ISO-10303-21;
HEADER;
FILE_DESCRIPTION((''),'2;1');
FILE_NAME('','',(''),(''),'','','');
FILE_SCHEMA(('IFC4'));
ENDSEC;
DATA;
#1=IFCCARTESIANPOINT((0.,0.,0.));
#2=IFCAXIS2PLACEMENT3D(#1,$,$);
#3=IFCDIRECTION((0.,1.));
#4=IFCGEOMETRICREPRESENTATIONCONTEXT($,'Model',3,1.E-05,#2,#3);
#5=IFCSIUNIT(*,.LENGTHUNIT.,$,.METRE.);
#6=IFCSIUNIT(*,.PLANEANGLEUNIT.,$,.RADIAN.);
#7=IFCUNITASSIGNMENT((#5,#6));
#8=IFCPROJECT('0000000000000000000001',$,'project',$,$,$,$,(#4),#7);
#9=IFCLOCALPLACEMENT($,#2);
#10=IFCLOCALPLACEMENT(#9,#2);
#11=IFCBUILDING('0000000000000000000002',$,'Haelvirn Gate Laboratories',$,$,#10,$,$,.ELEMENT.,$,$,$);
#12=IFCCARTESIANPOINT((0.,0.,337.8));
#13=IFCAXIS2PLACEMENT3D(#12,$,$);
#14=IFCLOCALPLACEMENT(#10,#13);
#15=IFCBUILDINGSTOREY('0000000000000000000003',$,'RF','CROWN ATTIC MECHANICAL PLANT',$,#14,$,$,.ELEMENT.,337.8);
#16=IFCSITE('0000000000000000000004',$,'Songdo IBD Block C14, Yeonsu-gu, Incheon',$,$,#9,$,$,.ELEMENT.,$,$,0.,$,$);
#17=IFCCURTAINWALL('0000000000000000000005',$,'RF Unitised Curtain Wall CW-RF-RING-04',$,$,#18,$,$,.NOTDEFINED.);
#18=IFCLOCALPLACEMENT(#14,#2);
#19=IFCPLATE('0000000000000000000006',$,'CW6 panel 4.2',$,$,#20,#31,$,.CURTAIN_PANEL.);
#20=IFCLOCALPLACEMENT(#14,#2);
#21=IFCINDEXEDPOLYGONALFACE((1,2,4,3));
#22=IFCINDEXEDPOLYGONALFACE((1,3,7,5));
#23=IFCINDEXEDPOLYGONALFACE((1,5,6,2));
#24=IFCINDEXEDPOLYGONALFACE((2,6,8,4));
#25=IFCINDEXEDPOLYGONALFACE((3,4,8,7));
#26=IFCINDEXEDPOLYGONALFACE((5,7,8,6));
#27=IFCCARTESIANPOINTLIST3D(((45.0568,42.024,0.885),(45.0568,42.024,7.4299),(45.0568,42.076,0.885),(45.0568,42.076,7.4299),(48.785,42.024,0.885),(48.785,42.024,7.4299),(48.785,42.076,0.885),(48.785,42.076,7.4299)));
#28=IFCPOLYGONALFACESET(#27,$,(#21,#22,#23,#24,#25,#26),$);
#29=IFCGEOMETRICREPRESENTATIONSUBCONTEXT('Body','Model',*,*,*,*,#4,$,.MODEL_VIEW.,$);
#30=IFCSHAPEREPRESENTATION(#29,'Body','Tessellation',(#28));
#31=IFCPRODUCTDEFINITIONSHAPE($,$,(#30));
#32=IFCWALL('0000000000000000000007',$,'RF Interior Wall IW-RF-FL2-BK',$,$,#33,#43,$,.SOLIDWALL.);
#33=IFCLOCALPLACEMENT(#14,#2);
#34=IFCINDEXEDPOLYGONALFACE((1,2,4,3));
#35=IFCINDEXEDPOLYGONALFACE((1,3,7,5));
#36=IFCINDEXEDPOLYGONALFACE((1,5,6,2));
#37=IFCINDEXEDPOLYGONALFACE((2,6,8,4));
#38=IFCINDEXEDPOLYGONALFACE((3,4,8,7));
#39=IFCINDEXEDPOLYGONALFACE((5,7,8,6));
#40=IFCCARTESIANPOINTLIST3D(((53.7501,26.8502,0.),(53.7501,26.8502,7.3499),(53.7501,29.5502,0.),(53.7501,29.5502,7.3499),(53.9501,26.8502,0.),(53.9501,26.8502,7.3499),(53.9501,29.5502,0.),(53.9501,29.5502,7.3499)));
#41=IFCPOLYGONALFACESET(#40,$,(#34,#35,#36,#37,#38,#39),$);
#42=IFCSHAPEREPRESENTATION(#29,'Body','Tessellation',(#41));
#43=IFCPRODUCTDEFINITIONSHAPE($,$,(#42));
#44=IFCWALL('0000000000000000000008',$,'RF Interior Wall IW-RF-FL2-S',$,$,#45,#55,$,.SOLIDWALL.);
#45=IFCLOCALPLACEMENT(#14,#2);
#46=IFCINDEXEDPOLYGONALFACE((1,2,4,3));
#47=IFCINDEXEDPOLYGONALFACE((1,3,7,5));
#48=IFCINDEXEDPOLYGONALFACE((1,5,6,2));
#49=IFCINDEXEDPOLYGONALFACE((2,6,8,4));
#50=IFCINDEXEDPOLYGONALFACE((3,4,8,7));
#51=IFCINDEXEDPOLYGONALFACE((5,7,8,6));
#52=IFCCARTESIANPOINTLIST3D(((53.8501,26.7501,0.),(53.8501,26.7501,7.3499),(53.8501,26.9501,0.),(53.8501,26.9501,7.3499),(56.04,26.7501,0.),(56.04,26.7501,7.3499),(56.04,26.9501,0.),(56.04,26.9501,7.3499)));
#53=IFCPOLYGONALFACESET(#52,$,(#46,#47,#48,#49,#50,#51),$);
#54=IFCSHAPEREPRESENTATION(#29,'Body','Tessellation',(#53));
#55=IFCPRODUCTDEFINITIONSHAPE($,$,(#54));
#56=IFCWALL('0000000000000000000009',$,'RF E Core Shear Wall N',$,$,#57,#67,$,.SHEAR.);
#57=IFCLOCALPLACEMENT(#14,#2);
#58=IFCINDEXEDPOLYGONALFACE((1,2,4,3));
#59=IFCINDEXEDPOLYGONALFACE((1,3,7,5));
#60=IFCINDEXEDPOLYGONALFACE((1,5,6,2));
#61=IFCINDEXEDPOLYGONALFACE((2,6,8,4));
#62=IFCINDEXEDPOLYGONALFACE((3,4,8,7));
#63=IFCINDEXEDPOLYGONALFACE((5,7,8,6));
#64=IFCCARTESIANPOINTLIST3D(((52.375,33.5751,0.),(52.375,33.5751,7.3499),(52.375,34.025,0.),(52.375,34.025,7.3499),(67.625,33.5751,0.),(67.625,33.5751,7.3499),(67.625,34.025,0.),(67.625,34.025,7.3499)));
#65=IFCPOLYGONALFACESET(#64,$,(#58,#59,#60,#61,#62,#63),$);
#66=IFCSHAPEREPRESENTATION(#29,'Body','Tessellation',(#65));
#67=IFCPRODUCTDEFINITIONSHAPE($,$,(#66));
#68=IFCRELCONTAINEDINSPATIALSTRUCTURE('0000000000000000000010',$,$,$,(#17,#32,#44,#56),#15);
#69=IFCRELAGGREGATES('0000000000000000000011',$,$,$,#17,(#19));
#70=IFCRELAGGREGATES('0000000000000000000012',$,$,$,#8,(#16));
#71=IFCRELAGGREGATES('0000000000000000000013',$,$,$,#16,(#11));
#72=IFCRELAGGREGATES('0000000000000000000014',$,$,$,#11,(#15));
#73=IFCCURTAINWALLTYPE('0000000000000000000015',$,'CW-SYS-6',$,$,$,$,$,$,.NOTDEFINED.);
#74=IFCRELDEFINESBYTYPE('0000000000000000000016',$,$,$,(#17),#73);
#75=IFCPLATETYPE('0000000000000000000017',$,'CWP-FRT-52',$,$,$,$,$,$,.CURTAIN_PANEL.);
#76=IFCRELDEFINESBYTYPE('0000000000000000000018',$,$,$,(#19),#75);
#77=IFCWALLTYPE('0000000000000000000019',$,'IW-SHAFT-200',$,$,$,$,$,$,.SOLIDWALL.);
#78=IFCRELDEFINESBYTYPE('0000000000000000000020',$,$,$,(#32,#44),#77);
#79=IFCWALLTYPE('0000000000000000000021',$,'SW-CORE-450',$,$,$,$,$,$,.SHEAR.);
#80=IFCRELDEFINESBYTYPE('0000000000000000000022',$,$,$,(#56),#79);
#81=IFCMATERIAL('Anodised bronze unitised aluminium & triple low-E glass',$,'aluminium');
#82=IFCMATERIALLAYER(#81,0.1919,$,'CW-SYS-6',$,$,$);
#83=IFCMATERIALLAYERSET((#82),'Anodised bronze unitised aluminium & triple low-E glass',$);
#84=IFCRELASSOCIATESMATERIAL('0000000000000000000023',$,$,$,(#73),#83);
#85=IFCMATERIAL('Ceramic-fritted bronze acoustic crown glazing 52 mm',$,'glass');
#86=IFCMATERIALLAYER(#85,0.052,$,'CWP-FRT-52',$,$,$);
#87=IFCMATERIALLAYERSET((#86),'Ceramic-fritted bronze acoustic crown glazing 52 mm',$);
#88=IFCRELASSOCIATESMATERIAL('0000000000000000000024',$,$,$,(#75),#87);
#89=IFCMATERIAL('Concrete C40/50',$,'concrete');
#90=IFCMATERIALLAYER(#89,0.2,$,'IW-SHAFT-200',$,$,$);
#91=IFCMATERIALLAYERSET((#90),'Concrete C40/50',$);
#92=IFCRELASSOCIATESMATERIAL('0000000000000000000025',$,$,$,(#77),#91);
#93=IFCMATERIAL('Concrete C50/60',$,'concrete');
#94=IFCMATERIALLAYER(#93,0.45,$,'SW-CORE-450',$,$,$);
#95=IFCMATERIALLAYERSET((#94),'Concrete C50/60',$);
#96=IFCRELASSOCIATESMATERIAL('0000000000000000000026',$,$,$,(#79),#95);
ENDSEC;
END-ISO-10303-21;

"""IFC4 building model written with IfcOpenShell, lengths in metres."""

from ifc_helpers import new_model, si_unit, direction, frame, frame_2d, origin, origin_2d, place, context, subcontext, project, spatial, rectangle, extrude, source, transform, mapped, material, layer, layer_set, type_object, element, aggregate, save


model = new_model("IFC4")

# Units and contexts
model_context = context("Model", 3, precision=1e-05, world=origin(), true_north=direction((0.0, 1.0)))
body_context = subcontext(model_context, "Body", "Model", "MODEL_VIEW")
ifc_project = project(units=[si_unit("LENGTHUNIT", "METRE"), si_unit("PLANEANGLEUNIT", "RADIAN")], contexts=[model_context])

# Site, building, storey
site_placement = place(None, origin())
site = spatial("IfcSite", under=ifc_project, at=site_placement, Name="Songdo IBD Block C14, Yeonsu-gu, Incheon", CompositionType="ELEMENT", RefElevation=0.0)
building_placement = place(site_placement, origin())
building = spatial("IfcBuilding", under=site, at=building_placement, Name="Haelvirn Gate Laboratories", CompositionType="ELEMENT")
storey_placement = place(building_placement, frame((0.0, 0.0, 337.8)))
storey = spatial("IfcBuildingStorey", under=building, at=storey_placement, Name="RF", Description="CROWN ATTIC MECHANICAL PLANT", CompositionType="ELEMENT", Elevation=337.8)

# Curtain wall
ifc_material_1 = material(Name="Anodised bronze unitised aluminium & triple low-E glass", Category="aluminium")
ifc_layer_1 = layer(ifc_material_1, 0.1919, Name="CW-SYS-6")
ifc_layer_set_1 = layer_set([ifc_layer_1], Name="Anodised bronze unitised aluminium & triple low-E glass")
curtain_wall_type = type_object("IfcCurtainWallType", Name="CW-SYS-6", PredefinedType="NOTDEFINED", material=ifc_layer_set_1)
curtain_wall_placement = place(storey_placement, origin())
curtain_wall = element("IfcCurtainWall", 1, at=curtain_wall_placement, inside=storey, type_object=curtain_wall_type, Name="RF Unitised Curtain Wall CW-RF-RING-04", PredefinedType="NOTDEFINED")

# Plate
ifc_material_2 = material(Name="Ceramic-fritted bronze acoustic crown glazing 52 mm", Category="glass")
ifc_layer_2 = layer(ifc_material_2, 0.052, Name="CWP-FRT-52")
ifc_layer_set_2 = layer_set([ifc_layer_2], Name="Ceramic-fritted bronze acoustic crown glazing 52 mm")
plate_type_1 = type_object("IfcPlateType", Name="CWP-FRT-52", PredefinedType="CURTAIN_PANEL", material=ifc_layer_set_2)
shared_shape_1 = source(origin(), body_context, "Body", "SweptSolid", [
    extrude(rectangle(XDim=3.7283, YDim=0.052, at=origin_2d()), origin(), (0.0, 0.0, 1.0), 6.5449),
])
plate_1_placement = place(storey_placement, frame((46.9209, 42.05, 0.885), z_axis=(0.0, 0.0, 1.0), x_axis=(-1.0, 0.0, 0.0)))
plate_1 = element("IfcPlate", 2, at=plate_1_placement, type_object=plate_type_1, Name="CW6 panel 4.2", PredefinedType="CURTAIN_PANEL", context=body_context, shape_type="MappedRepresentation", body=[
    mapped(shared_shape_1, transform((0.0, 0.0, 0.0), scale=1.0)),
])
aggregate(curtain_wall, [plate_1])

# Walls
ifc_material_3 = material(Name="Concrete C40/50", Category="concrete")
ifc_layer_3 = layer(ifc_material_3, 0.2, Name="IW-SHAFT-200")
ifc_layer_set_3 = layer_set([ifc_layer_3], Name="Concrete C40/50")
wall_type_1 = type_object("IfcWallType", Name="IW-SHAFT-200", PredefinedType="SOLIDWALL", material=ifc_layer_set_3)
wall_1_placement = place(storey_placement, frame((53.8501, 26.8501, 0.0), z_axis=(0.0, 0.0, 1.0), x_axis=(0.0, 1.0, 0.0)))
element("IfcWall", 3, at=wall_1_placement, inside=storey, type_object=wall_type_1, Name="RF Interior Wall IW-RF-FL2-BK", PredefinedType="SOLIDWALL", context=body_context, shape_type="SweptSolid", body=[
    extrude(rectangle(XDim=2.7, YDim=0.2, at=frame_2d((1.3501, 0.0))), origin(), (0.0, 0.0, 1.0), 7.3499),
])
wall_2_placement = place(storey_placement, frame((53.8501, 26.8501, 0.0), z_axis=(0.0, 0.0, 1.0), x_axis=(1.0, 0.0, 0.0)))
element("IfcWall", 4, at=wall_2_placement, inside=storey, type_object=wall_type_1, Name="RF Interior Wall IW-RF-FL2-S", PredefinedType="SOLIDWALL", context=body_context, shape_type="SweptSolid", body=[
    extrude(rectangle(XDim=2.1899, YDim=0.2, at=frame_2d((1.095, 0.0))), origin(), (0.0, 0.0, 1.0), 7.3499),
])
ifc_material_4 = material(Name="Concrete C50/60", Category="concrete")
ifc_layer_4 = layer(ifc_material_4, 0.45, Name="SW-CORE-450")
ifc_layer_set_4 = layer_set([ifc_layer_4], Name="Concrete C50/60")
wall_type_2 = type_object("IfcWallType", Name="SW-CORE-450", PredefinedType="SHEAR", material=ifc_layer_set_4)
wall_3_placement = place(storey_placement, frame((52.375, 33.8, 0.0), z_axis=(0.0, 0.0, 1.0), x_axis=(1.0, 0.0, 0.0)))
element("IfcWall", 5, at=wall_3_placement, inside=storey, type_object=wall_type_2, Name="RF E Core Shear Wall N", PredefinedType="SHEAR", context=body_context, shape_type="SweptSolid", body=[
    extrude(rectangle(XDim=15.25, YDim=0.45, at=frame_2d((7.625, 0.0))), origin(), (0.0, 0.0, 1.0), 7.3499),
])

save(model, "model.ifc")
